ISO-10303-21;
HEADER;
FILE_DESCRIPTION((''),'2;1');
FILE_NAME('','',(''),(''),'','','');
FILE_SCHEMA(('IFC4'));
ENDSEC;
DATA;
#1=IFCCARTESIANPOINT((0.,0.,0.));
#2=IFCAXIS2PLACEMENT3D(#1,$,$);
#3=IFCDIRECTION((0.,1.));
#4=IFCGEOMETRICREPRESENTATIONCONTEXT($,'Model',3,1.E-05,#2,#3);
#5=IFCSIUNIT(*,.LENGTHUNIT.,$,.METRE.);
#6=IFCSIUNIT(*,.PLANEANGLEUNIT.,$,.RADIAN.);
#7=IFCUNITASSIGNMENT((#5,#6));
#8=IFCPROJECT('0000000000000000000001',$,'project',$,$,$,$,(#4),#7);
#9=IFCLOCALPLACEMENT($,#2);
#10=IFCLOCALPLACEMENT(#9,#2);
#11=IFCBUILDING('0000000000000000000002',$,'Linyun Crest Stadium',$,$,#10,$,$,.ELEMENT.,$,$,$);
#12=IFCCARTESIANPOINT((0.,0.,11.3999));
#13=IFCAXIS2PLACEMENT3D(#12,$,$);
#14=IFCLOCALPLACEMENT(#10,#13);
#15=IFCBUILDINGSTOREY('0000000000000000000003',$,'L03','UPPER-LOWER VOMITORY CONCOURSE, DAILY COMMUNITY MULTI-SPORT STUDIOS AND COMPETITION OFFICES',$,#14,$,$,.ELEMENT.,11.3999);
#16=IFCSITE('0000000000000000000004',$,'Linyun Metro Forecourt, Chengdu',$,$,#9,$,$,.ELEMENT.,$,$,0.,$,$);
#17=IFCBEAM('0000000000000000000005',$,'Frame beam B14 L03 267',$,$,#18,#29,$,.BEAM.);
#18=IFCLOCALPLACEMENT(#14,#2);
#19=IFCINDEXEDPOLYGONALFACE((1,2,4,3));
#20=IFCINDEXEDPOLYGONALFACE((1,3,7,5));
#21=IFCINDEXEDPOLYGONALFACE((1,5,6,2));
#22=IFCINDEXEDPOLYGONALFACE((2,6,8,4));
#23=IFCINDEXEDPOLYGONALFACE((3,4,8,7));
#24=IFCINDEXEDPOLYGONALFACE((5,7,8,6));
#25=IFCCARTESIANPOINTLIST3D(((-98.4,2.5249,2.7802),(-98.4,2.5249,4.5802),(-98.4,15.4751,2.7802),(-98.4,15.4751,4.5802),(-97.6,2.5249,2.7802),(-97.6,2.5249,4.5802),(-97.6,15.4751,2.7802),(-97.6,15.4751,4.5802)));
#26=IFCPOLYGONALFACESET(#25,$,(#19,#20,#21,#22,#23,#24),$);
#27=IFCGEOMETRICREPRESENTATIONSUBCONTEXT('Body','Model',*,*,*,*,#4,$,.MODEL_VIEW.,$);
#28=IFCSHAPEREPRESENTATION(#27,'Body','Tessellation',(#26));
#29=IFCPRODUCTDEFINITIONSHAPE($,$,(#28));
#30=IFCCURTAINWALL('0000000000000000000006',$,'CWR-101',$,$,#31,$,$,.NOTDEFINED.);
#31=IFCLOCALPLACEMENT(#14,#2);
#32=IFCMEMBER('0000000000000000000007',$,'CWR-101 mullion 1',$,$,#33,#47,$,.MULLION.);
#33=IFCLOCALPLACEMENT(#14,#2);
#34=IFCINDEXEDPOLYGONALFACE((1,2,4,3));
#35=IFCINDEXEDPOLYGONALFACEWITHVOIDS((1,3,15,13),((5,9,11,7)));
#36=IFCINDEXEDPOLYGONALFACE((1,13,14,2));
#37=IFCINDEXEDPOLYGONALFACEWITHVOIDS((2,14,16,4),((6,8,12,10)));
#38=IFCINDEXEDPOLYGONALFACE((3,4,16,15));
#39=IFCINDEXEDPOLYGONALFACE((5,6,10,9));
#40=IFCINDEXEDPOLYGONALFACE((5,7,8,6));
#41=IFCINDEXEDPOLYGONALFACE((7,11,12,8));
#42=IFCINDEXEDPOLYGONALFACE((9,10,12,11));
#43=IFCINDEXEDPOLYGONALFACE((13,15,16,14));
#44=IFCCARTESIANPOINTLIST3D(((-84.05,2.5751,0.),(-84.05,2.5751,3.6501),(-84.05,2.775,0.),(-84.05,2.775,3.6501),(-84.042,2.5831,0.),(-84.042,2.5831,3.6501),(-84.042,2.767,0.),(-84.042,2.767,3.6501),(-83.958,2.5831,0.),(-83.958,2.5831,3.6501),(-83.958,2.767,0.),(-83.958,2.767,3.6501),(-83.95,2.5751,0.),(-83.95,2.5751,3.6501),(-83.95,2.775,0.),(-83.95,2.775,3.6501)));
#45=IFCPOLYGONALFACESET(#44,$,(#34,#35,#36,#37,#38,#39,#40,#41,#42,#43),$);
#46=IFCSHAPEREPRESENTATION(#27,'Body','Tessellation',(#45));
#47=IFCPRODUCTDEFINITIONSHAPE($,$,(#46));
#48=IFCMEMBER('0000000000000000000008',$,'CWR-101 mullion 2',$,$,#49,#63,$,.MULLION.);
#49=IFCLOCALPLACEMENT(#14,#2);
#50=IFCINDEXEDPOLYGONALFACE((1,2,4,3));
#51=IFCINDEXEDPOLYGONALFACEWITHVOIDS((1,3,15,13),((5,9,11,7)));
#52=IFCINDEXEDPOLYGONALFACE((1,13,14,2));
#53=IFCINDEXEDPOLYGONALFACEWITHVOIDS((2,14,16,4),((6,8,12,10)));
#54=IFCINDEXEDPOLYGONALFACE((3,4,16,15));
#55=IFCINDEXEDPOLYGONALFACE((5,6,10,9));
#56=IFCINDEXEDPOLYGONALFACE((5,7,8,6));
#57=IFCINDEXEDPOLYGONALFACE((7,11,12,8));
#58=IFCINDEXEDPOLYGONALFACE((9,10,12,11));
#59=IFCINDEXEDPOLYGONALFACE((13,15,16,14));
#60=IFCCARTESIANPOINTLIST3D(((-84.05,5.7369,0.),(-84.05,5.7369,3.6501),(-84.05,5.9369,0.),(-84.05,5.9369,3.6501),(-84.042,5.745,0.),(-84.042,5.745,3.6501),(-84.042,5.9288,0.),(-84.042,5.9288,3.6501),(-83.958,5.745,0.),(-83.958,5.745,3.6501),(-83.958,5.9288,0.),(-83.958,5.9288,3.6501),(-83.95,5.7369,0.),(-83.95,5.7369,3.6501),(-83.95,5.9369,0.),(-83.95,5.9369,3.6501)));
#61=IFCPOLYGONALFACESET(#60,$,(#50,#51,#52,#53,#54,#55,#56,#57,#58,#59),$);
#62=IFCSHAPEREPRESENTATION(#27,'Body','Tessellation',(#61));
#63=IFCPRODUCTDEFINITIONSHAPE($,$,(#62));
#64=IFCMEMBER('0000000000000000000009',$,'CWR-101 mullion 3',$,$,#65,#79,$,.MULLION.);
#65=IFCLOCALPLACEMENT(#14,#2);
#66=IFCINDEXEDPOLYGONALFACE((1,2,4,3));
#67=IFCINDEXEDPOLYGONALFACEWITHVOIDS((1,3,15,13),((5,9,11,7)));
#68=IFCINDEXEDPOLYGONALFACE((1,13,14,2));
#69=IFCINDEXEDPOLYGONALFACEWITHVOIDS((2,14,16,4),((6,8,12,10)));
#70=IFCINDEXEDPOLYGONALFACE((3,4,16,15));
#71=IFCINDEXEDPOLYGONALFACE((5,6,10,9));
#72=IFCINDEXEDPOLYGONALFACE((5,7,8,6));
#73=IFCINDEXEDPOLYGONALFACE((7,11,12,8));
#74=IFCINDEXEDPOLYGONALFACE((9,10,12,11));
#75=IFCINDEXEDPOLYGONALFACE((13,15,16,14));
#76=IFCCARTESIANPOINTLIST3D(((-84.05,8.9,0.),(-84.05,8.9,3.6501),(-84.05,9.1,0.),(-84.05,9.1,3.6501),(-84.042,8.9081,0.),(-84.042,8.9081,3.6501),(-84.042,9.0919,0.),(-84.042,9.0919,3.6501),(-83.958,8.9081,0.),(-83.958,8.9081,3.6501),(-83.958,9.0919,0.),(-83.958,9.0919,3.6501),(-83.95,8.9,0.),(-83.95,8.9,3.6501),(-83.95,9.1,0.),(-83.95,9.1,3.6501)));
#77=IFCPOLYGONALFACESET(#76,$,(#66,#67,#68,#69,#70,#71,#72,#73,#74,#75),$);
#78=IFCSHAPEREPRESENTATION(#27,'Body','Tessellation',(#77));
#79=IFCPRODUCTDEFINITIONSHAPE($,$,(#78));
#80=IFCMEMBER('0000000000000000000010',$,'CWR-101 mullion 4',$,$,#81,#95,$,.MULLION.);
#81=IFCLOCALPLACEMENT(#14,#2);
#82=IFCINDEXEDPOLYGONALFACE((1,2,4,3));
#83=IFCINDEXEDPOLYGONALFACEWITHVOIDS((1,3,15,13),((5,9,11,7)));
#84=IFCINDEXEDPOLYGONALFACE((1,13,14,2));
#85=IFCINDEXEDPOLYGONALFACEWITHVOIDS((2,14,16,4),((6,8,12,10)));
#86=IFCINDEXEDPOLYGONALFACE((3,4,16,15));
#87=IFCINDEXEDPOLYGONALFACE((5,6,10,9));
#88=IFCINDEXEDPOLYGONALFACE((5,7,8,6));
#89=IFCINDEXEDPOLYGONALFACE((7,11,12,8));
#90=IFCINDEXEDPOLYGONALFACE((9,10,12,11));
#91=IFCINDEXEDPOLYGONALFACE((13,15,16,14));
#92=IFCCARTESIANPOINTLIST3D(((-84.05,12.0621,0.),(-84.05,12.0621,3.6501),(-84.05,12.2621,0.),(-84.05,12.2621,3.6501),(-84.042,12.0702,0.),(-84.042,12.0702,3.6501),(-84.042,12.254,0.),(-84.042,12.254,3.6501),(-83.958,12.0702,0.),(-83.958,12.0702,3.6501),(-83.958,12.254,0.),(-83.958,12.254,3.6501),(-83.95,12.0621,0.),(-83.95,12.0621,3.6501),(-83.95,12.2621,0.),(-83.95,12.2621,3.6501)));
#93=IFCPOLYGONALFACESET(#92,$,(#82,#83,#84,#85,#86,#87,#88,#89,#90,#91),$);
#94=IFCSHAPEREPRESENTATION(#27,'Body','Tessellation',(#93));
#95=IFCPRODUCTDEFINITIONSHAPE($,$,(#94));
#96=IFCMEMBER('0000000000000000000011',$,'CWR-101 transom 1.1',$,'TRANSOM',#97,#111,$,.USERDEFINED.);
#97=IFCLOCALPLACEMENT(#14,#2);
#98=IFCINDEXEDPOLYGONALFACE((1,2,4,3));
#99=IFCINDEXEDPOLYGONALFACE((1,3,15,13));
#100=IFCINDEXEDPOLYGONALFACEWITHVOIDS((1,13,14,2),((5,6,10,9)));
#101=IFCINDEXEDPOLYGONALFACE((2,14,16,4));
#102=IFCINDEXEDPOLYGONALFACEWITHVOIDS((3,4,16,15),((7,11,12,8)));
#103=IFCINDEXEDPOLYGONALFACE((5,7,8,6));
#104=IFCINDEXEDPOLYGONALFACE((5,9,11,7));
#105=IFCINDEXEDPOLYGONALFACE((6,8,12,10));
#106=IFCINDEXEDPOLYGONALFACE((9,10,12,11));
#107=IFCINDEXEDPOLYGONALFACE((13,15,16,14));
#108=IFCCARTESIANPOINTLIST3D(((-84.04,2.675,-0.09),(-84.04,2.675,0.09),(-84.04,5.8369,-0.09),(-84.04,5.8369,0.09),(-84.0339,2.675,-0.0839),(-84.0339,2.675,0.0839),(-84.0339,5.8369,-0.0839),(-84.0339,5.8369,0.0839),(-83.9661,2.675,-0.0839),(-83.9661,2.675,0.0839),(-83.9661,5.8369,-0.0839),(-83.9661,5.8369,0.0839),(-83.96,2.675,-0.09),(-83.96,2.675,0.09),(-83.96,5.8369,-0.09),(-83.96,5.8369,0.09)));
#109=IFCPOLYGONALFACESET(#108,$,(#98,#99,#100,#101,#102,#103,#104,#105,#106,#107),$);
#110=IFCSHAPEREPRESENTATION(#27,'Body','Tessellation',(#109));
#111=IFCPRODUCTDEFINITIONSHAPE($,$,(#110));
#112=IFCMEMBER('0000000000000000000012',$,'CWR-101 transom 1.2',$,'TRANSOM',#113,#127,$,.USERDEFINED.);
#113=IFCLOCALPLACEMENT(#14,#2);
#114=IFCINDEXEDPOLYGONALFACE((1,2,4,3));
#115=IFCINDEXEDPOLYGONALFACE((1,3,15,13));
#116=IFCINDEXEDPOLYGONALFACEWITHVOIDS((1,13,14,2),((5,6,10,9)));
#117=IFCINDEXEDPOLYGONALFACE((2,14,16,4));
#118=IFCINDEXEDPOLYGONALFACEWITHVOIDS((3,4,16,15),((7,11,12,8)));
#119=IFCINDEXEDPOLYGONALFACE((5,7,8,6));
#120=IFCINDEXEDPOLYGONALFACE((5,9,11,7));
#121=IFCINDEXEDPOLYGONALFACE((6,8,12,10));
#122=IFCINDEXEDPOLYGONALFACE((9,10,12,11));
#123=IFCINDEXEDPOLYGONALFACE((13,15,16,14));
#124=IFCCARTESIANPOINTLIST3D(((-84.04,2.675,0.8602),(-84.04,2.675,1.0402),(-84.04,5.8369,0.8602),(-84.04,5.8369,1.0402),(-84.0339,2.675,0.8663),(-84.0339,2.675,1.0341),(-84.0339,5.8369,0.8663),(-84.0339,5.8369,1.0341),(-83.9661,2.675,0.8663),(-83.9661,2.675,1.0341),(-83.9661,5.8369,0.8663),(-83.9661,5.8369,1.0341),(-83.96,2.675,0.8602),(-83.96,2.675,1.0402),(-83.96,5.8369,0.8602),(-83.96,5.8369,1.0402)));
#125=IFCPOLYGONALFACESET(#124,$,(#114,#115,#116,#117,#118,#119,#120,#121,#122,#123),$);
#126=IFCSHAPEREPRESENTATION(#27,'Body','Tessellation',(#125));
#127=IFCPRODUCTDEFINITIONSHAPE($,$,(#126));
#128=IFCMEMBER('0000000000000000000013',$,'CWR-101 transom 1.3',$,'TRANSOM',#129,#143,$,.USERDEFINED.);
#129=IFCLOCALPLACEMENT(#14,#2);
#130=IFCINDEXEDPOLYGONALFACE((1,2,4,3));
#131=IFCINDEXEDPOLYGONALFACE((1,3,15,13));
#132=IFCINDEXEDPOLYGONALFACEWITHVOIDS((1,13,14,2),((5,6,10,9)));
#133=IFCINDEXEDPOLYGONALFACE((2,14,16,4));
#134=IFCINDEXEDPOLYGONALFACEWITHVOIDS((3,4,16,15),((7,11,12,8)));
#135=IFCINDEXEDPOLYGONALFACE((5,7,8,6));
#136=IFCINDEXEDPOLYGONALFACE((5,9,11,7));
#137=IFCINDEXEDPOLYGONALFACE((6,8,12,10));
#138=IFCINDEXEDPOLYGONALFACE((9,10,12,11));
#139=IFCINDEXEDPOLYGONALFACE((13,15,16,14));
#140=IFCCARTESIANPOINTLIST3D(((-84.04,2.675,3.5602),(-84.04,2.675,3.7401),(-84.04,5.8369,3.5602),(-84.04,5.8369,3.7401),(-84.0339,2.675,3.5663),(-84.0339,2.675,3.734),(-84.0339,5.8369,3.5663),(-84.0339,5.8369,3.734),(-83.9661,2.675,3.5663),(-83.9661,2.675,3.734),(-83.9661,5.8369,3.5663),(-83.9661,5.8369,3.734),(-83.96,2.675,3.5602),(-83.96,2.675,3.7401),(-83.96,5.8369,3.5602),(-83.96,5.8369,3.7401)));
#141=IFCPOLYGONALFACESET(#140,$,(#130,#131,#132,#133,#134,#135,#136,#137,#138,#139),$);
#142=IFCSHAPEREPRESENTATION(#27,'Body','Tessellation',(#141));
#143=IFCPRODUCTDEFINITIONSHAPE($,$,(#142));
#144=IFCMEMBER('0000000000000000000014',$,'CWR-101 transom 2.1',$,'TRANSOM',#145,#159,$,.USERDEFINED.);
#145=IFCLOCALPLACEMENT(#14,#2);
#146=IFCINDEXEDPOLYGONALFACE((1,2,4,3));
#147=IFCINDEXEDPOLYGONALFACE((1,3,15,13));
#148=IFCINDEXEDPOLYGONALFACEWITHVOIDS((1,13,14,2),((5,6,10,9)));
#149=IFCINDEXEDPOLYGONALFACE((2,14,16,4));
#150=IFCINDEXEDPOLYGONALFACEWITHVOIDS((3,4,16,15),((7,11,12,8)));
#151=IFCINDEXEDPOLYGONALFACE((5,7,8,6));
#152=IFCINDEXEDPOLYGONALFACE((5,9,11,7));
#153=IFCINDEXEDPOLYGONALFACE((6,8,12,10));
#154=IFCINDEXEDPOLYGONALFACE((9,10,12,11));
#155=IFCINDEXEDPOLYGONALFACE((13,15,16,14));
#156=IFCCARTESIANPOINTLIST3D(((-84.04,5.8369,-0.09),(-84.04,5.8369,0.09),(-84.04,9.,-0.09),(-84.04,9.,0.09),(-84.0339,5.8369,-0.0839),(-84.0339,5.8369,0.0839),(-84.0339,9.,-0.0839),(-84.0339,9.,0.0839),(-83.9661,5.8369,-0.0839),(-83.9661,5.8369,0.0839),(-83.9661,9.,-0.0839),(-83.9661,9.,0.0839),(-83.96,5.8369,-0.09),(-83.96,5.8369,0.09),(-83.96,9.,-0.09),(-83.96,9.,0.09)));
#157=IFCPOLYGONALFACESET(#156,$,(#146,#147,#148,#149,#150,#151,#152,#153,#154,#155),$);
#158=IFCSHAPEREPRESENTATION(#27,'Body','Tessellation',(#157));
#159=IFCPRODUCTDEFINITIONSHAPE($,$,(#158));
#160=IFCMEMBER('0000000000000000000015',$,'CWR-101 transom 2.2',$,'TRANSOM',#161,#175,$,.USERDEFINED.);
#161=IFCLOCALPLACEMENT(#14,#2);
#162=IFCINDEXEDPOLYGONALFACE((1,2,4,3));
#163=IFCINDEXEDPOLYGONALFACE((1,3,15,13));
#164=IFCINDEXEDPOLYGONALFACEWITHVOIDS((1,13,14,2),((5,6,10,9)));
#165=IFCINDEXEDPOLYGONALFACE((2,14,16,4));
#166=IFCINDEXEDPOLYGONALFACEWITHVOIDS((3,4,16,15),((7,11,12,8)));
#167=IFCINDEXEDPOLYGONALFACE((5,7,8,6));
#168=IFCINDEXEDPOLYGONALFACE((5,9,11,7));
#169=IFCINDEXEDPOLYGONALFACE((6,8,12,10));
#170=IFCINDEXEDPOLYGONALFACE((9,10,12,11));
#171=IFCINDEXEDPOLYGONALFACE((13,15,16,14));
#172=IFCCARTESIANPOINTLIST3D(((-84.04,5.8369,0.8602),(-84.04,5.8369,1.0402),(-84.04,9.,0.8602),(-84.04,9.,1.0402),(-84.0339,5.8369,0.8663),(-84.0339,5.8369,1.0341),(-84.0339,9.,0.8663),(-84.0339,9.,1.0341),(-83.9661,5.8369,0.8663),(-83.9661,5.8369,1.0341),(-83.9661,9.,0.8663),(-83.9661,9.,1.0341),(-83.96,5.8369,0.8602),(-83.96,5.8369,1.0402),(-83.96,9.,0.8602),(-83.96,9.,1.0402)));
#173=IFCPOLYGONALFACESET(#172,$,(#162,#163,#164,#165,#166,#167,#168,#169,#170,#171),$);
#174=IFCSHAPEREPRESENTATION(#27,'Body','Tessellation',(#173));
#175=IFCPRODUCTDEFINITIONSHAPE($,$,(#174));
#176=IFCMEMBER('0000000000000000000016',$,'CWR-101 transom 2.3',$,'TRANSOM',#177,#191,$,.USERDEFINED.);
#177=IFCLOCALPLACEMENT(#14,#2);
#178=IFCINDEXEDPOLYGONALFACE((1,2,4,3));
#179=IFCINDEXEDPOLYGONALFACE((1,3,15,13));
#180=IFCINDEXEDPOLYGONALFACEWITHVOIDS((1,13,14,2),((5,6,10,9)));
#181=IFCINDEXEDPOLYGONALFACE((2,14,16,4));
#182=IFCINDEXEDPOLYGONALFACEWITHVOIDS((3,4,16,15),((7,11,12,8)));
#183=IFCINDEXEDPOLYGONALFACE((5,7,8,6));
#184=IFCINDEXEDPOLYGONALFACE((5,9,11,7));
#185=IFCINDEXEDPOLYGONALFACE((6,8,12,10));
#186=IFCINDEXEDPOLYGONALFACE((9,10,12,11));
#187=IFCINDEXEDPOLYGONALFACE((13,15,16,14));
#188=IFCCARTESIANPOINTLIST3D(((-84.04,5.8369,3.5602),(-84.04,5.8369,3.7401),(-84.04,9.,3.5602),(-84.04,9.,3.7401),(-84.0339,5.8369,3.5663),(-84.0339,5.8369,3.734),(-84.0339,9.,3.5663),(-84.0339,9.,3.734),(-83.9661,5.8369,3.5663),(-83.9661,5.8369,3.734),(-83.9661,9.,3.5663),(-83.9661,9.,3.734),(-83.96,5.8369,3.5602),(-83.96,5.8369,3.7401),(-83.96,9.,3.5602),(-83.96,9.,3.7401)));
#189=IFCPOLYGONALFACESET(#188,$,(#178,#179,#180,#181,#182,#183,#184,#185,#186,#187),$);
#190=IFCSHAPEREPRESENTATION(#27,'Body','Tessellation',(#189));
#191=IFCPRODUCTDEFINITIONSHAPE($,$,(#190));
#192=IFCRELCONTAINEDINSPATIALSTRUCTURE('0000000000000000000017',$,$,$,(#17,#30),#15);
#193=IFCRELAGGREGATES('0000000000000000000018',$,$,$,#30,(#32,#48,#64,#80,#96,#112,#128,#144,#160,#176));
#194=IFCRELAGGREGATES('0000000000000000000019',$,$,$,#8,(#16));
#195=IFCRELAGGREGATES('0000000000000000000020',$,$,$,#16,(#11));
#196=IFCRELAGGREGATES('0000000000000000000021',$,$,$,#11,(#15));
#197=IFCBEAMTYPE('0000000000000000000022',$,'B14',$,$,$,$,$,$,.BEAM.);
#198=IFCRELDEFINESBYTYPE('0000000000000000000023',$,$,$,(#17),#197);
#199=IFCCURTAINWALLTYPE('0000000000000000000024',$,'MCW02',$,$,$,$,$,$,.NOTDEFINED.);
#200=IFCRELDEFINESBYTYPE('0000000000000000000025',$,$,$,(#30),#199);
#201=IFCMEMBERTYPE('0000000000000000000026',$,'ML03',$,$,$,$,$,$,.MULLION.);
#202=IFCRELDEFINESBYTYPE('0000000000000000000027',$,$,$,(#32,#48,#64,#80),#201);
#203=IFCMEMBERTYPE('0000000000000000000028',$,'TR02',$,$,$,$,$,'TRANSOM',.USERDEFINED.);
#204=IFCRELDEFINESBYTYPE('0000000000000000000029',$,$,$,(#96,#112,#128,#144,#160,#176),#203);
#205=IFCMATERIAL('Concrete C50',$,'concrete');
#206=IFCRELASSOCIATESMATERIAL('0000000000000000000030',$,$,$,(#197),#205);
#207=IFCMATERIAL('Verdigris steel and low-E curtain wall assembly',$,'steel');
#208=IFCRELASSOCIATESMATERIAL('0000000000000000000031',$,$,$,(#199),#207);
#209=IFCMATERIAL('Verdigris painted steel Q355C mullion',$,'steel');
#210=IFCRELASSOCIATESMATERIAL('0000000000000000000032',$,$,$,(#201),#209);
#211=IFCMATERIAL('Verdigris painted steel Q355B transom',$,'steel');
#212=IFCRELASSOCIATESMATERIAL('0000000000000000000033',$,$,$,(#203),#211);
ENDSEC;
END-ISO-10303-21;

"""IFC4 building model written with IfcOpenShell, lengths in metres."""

from ifc_helpers import new_model, si_unit, direction, frame, origin, origin_2d, place, context, subcontext, project, spatial, rectangle, hollow_rectangle, extrude, material, material_profile, profile_set, type_object, element, aggregate, save


model = new_model("IFC4")

# Units and contexts
model_context = context("Model", 3, precision=1e-05, world=origin(), true_north=direction((0.0, 1.0)))
body_context = subcontext(model_context, "Body", "Model", "MODEL_VIEW")
ifc_project = project(units=[si_unit("LENGTHUNIT", "METRE"), si_unit("PLANEANGLEUNIT", "RADIAN")], contexts=[model_context])

# Site, building, storey
site_placement = place(None, origin())
site = spatial("IfcSite", under=ifc_project, at=site_placement, Name="Linyun Metro Forecourt, Chengdu", CompositionType="ELEMENT", RefElevation=0.0)
building_placement = place(site_placement, origin())
building = spatial("IfcBuilding", under=site, at=building_placement, Name="Linyun Crest Stadium", CompositionType="ELEMENT")
storey_placement = place(building_placement, frame((0.0, 0.0, 11.3999)))
storey = spatial("IfcBuildingStorey", under=building, at=storey_placement, Name="L03", Description="UPPER-LOWER VOMITORY CONCOURSE, DAILY COMMUNITY MULTI-SPORT STUDIOS AND COMPETITION OFFICES", CompositionType="ELEMENT", Elevation=11.3999)

# Beam
ifc_material_1 = material(Name="Concrete C50", Category="concrete")
ifc_material_profile_1 = material_profile(ifc_material_1, rectangle(XDim=0.8, YDim=1.8, at=origin_2d()), Name="RCB 1800x800")
ifc_profile_set_1 = profile_set([ifc_material_profile_1], Name="Concrete C50")
beam_type = type_object("IfcBeamType", Name="B14", PredefinedType="BEAM", material=ifc_profile_set_1)
beam_placement = place(storey_placement, frame((-98.0, 2.5249, 3.6802), z_axis=(0.0, 1.0, 0.0), x_axis=(-1.0, 0.0, 0.0)))
element("IfcBeam", 1, at=beam_placement, inside=storey, type_object=beam_type, Name="Frame beam B14 L03 267", PredefinedType="BEAM", context=body_context, shape_type="SweptSolid", body=[
    extrude(rectangle(XDim=0.8, YDim=1.8, at=origin_2d()), origin(), (0.0, 0.0, 1.0), 12.9502),
])

# Curtain wall, members
ifc_material_2 = material(Name="Verdigris steel and low-E curtain wall assembly", Category="steel")
curtain_wall_type = type_object("IfcCurtainWallType", Name="MCW02", PredefinedType="NOTDEFINED", material=ifc_material_2)
curtain_wall_placement = place(storey_placement, origin())
curtain_wall = element("IfcCurtainWall", 2, at=curtain_wall_placement, inside=storey, type_object=curtain_wall_type, Name="CWR-101", PredefinedType="NOTDEFINED")
ifc_material_3 = material(Name="Verdigris painted steel Q355C mullion", Category="steel")
ifc_material_profile_2 = material_profile(ifc_material_3, hollow_rectangle(XDim=0.1001, YDim=0.2, WallThickness=0.0081, at=origin_2d()), Name="RHS 200x100x8")
ifc_profile_set_2 = profile_set([ifc_material_profile_2], Name="Verdigris painted steel Q355C mullion")
member_type_1 = type_object("IfcMemberType", Name="ML03", PredefinedType="MULLION", material=ifc_profile_set_2)
member_1_placement = place(storey_placement, frame((-84.0, 2.675, 0.0), z_axis=(0.0, 0.0, 1.0), x_axis=(-1.0, 0.0, 0.0)))
member_1 = element("IfcMember", 3, at=member_1_placement, type_object=member_type_1, Name="CWR-101 mullion 1", PredefinedType="MULLION", context=body_context, shape_type="SweptSolid", body=[
    extrude(hollow_rectangle(XDim=0.1001, YDim=0.2, WallThickness=0.0081, at=origin_2d()), origin(), (0.0, 0.0, 1.0), 3.6501),
])
member_2_placement = place(storey_placement, frame((-84.0, 5.8369, 0.0), z_axis=(0.0, 0.0, 1.0), x_axis=(-1.0, 0.0, 0.0)))
member_2 = element("IfcMember", 4, at=member_2_placement, type_object=member_type_1, Name="CWR-101 mullion 2", PredefinedType="MULLION", context=body_context, shape_type="SweptSolid", body=[
    extrude(hollow_rectangle(XDim=0.1001, YDim=0.2, WallThickness=0.0081, at=origin_2d()), origin(), (0.0, 0.0, 1.0), 3.6501),
])
member_3_placement = place(storey_placement, frame((-84.0, 9.0, 0.0), z_axis=(0.0, 0.0, 1.0), x_axis=(-1.0, 0.0, 0.0)))
member_3 = element("IfcMember", 5, at=member_3_placement, type_object=member_type_1, Name="CWR-101 mullion 3", PredefinedType="MULLION", context=body_context, shape_type="SweptSolid", body=[
    extrude(hollow_rectangle(XDim=0.1001, YDim=0.2, WallThickness=0.0081, at=origin_2d()), origin(), (0.0, 0.0, 1.0), 3.6501),
])
member_4_placement = place(storey_placement, frame((-84.0, 12.1621, 0.0), z_axis=(0.0, 0.0, 1.0), x_axis=(-1.0, 0.0, 0.0)))
member_4 = element("IfcMember", 6, at=member_4_placement, type_object=member_type_1, Name="CWR-101 mullion 4", PredefinedType="MULLION", context=body_context, shape_type="SweptSolid", body=[
    extrude(hollow_rectangle(XDim=0.1001, YDim=0.2, WallThickness=0.0081, at=origin_2d()), origin(), (0.0, 0.0, 1.0), 3.6501),
])
ifc_material_4 = material(Name="Verdigris painted steel Q355B transom", Category="steel")
ifc_material_profile_3 = material_profile(ifc_material_4, hollow_rectangle(XDim=0.0801, YDim=0.1799, WallThickness=0.0061, at=origin_2d()), Name="RHS 180x80x6")
ifc_profile_set_3 = profile_set([ifc_material_profile_3], Name="Verdigris painted steel Q355B transom")
member_type_2 = type_object("IfcMemberType", Name="TR02", ElementType="TRANSOM", PredefinedType="USERDEFINED", material=ifc_profile_set_3)
member_5_placement = place(storey_placement, frame((-84.0, 2.675, 0.0), z_axis=(0.0, 1.0, 0.0), x_axis=(-1.0, 0.0, 0.0)))
member_5 = element("IfcMember", 7, at=member_5_placement, type_object=member_type_2, Name="CWR-101 transom 1.1", ObjectType="TRANSOM", PredefinedType="USERDEFINED", context=body_context, shape_type="SweptSolid", body=[
    extrude(hollow_rectangle(XDim=0.0801, YDim=0.1799, WallThickness=0.0061, at=origin_2d()), origin(), (0.0, 0.0, 1.0), 3.1619),
])
member_6_placement = place(storey_placement, frame((-84.0, 2.675, 0.9502), z_axis=(0.0, 1.0, 0.0), x_axis=(-1.0, 0.0, 0.0)))
member_6 = element("IfcMember", 8, at=member_6_placement, type_object=member_type_2, Name="CWR-101 transom 1.2", ObjectType="TRANSOM", PredefinedType="USERDEFINED", context=body_context, shape_type="SweptSolid", body=[
    extrude(hollow_rectangle(XDim=0.0801, YDim=0.1799, WallThickness=0.0061, at=origin_2d()), origin(), (0.0, 0.0, 1.0), 3.1619),
])
member_7_placement = place(storey_placement, frame((-84.0, 2.675, 3.6501), z_axis=(0.0, 1.0, 0.0), x_axis=(-1.0, 0.0, 0.0)))
member_7 = element("IfcMember", 9, at=member_7_placement, type_object=member_type_2, Name="CWR-101 transom 1.3", ObjectType="TRANSOM", PredefinedType="USERDEFINED", context=body_context, shape_type="SweptSolid", body=[
    extrude(hollow_rectangle(XDim=0.0801, YDim=0.1799, WallThickness=0.0061, at=origin_2d()), origin(), (0.0, 0.0, 1.0), 3.1619),
])
member_8_placement = place(storey_placement, frame((-84.0, 5.8369, 0.0), z_axis=(0.0, 1.0, 0.0), x_axis=(-1.0, 0.0, 0.0)))
member_8 = element("IfcMember", 10, at=member_8_placement, type_object=member_type_2, Name="CWR-101 transom 2.1", ObjectType="TRANSOM", PredefinedType="USERDEFINED", context=body_context, shape_type="SweptSolid", body=[
    extrude(hollow_rectangle(XDim=0.0801, YDim=0.1799, WallThickness=0.0061, at=origin_2d()), origin(), (0.0, 0.0, 1.0), 3.1631),
])
member_9_placement = place(storey_placement, frame((-84.0, 5.8369, 0.9502), z_axis=(0.0, 1.0, 0.0), x_axis=(-1.0, 0.0, 0.0)))
member_9 = element("IfcMember", 11, at=member_9_placement, type_object=member_type_2, Name="CWR-101 transom 2.2", ObjectType="TRANSOM", PredefinedType="USERDEFINED", context=body_context, shape_type="SweptSolid", body=[
    extrude(hollow_rectangle(XDim=0.0801, YDim=0.1799, WallThickness=0.0061, at=origin_2d()), origin(), (0.0, 0.0, 1.0), 3.1631),
])
member_10_placement = place(storey_placement, frame((-84.0, 5.8369, 3.6501), z_axis=(0.0, 1.0, 0.0), x_axis=(-1.0, 0.0, 0.0)))
member_10 = element("IfcMember", 12, at=member_10_placement, type_object=member_type_2, Name="CWR-101 transom 2.3", ObjectType="TRANSOM", PredefinedType="USERDEFINED", context=body_context, shape_type="SweptSolid", body=[
    extrude(hollow_rectangle(XDim=0.0801, YDim=0.1799, WallThickness=0.0061, at=origin_2d()), origin(), (0.0, 0.0, 1.0), 3.1631),
])
aggregate(curtain_wall, [member_1, member_2, member_3, member_4, member_5, member_6, member_7, member_8, member_9, member_10])

save(model, "model.ifc")
